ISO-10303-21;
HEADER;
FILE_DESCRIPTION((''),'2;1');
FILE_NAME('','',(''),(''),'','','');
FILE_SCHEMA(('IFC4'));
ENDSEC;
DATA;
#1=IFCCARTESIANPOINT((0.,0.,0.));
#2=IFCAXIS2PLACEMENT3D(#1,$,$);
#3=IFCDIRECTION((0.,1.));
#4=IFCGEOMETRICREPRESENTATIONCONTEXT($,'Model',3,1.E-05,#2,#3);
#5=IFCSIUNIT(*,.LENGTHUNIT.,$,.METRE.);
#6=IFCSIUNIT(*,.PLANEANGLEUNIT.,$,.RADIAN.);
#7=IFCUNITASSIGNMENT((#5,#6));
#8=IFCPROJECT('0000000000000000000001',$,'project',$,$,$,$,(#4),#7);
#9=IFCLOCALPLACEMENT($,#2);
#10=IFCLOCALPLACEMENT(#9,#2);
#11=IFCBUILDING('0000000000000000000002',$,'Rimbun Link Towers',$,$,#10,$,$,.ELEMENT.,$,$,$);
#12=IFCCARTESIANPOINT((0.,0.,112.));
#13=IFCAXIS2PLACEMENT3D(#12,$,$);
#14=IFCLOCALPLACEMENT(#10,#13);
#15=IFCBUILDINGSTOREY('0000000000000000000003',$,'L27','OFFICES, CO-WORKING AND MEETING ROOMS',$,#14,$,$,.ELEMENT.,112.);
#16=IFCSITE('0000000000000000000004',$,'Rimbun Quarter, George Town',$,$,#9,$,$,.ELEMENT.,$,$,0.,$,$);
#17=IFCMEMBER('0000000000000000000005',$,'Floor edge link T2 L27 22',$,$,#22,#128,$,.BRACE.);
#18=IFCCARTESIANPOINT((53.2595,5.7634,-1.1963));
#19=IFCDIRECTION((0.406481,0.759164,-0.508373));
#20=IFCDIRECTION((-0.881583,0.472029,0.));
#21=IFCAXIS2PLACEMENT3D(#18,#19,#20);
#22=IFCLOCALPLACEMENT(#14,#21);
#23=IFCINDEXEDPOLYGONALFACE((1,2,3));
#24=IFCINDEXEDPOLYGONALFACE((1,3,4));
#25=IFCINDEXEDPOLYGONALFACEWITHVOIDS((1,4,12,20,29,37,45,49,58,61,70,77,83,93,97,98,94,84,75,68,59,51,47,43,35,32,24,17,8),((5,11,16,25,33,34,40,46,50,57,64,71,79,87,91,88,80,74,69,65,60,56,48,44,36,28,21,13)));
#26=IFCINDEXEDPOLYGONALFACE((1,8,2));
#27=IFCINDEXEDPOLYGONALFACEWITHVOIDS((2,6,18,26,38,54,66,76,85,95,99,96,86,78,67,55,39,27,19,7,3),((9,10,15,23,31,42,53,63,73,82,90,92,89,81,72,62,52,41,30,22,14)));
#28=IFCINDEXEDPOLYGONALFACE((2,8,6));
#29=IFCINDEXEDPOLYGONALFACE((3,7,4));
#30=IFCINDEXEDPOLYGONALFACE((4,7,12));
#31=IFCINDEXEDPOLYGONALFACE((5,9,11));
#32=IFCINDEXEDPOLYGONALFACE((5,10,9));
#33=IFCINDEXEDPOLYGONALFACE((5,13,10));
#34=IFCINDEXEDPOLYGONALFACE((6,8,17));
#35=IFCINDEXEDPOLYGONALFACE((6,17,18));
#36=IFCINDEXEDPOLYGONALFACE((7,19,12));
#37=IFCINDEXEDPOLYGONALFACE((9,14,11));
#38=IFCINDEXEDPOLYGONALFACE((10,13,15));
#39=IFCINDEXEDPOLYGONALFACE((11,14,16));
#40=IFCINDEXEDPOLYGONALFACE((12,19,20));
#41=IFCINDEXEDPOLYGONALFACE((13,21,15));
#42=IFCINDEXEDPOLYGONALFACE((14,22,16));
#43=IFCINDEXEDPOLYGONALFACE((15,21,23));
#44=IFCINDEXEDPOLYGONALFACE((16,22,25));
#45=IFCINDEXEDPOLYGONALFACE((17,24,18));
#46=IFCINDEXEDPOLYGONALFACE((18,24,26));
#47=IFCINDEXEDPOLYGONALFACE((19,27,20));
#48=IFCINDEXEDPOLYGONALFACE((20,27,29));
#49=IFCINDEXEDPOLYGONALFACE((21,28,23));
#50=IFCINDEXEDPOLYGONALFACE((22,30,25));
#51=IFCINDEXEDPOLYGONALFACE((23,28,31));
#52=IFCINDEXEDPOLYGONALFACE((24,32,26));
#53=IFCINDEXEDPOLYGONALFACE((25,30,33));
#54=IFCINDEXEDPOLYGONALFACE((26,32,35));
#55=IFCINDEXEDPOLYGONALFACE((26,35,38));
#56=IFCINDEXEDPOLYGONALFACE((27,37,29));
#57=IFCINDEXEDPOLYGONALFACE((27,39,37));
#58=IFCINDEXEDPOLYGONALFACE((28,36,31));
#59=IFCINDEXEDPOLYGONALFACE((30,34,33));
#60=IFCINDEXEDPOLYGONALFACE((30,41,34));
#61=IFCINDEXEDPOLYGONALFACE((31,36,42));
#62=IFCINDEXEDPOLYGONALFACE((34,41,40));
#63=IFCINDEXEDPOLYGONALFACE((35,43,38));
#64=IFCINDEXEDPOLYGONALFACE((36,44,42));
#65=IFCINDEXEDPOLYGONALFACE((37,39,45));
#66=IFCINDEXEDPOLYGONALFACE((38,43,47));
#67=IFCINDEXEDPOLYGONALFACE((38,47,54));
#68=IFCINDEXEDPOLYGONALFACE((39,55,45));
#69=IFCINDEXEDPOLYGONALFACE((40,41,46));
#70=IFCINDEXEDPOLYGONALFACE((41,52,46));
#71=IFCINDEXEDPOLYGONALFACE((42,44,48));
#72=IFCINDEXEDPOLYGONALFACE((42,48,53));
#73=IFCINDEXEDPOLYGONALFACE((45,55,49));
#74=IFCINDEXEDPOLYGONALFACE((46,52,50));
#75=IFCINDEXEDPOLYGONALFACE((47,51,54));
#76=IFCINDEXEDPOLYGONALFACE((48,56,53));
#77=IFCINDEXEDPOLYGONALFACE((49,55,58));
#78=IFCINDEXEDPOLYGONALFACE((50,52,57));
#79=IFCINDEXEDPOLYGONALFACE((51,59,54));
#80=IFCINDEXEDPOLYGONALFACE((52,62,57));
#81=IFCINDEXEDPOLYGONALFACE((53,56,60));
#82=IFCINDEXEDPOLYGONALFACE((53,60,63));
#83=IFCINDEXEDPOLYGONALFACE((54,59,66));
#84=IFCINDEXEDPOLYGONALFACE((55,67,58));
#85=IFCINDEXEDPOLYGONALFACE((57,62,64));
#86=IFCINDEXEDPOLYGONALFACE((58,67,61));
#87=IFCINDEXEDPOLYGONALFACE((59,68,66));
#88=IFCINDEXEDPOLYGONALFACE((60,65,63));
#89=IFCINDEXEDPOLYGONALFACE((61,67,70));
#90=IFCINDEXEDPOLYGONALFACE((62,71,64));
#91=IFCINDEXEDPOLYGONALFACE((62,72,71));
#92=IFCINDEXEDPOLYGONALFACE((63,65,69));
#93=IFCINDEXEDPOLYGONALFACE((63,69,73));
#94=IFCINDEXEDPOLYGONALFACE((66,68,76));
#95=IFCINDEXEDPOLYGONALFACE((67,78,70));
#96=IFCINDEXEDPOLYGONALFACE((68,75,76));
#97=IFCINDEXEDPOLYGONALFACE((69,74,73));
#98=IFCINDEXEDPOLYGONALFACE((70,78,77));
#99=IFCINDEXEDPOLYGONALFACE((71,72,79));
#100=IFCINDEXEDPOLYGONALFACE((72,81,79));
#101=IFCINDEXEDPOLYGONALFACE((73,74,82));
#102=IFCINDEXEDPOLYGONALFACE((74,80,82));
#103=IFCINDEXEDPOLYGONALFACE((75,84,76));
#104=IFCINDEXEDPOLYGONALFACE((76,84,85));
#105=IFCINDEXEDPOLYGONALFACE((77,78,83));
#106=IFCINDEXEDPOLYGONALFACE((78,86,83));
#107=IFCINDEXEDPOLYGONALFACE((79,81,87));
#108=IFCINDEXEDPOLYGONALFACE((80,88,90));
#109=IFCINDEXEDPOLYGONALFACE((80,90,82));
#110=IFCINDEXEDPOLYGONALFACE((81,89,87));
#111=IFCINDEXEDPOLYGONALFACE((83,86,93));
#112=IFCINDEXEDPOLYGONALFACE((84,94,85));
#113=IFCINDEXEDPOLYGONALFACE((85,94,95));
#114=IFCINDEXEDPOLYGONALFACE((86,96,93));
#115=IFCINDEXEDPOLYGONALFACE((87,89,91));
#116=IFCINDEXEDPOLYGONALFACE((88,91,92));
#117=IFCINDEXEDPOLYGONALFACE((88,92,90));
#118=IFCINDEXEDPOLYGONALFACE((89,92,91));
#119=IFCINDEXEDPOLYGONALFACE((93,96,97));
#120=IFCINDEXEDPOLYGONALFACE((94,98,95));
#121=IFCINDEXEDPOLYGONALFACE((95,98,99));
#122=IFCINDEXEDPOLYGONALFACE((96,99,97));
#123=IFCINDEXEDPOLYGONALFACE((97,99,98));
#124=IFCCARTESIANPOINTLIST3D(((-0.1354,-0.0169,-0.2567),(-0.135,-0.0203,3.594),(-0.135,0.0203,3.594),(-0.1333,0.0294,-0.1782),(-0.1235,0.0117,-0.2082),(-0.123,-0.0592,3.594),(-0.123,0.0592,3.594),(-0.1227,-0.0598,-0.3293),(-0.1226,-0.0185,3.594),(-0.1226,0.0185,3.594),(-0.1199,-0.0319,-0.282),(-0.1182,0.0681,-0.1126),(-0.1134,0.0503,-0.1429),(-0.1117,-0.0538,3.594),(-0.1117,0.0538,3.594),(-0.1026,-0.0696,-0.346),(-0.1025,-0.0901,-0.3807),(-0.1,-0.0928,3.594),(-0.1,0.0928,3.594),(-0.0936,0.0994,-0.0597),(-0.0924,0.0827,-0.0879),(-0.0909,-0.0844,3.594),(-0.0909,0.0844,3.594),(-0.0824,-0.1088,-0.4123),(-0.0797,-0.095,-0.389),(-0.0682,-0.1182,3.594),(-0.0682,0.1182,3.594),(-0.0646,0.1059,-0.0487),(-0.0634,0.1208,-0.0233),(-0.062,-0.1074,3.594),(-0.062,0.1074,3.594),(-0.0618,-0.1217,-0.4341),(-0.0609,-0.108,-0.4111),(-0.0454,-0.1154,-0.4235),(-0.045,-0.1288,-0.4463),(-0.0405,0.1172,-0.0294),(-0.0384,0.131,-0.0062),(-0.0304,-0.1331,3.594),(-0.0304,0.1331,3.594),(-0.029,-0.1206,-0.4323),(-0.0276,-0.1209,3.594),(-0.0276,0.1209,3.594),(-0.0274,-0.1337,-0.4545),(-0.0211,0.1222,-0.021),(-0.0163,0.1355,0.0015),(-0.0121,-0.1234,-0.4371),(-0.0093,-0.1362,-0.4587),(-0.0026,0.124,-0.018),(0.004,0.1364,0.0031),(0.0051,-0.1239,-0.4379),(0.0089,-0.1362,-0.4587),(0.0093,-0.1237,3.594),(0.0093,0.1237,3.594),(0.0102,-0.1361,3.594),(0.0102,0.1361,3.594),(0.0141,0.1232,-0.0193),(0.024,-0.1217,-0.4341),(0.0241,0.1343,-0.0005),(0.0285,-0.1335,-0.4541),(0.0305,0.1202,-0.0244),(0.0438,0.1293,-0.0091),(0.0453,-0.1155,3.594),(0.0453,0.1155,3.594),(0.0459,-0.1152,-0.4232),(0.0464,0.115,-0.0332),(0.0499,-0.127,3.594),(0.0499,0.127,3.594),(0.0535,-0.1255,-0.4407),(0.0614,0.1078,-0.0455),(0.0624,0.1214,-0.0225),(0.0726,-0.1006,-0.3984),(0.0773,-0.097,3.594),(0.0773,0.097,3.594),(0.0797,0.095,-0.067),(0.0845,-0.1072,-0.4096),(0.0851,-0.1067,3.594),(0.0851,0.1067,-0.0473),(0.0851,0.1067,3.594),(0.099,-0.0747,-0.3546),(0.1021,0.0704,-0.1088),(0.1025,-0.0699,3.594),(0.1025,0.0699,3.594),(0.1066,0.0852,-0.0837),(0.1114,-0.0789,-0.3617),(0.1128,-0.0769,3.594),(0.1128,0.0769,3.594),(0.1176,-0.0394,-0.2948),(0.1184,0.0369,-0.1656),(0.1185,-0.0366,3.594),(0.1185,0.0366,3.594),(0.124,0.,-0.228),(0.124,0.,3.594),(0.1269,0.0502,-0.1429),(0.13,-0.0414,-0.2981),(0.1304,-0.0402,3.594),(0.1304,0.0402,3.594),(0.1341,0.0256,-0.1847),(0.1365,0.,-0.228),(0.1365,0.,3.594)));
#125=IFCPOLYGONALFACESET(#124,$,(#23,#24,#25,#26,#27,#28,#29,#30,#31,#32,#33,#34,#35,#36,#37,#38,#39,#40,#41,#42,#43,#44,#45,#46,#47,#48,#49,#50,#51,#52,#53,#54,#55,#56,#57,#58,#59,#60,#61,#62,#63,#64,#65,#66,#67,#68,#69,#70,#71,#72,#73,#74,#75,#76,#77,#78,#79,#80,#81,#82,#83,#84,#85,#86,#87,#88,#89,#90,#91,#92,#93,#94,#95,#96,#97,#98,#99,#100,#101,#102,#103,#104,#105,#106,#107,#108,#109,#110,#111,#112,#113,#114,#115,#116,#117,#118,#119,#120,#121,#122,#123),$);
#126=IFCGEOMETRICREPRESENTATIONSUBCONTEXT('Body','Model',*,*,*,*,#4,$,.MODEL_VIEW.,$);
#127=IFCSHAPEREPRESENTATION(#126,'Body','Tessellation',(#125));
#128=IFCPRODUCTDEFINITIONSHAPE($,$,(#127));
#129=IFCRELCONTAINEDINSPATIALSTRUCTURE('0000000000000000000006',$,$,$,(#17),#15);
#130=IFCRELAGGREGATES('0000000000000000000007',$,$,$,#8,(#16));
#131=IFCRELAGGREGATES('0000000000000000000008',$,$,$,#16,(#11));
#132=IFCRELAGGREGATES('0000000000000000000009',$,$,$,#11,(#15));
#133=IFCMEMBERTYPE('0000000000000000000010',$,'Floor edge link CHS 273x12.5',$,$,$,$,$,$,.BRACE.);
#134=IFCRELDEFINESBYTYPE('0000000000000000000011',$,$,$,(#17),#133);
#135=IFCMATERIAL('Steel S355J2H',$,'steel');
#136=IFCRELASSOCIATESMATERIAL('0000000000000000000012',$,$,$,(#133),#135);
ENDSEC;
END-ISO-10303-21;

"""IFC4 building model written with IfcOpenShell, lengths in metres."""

from ifc_helpers import new_model, si_unit, direction, frame, origin, origin_2d, place, context, subcontext, project, spatial, hollow_circle, extrude, clip, halfspace, material, material_profile, profile_set, type_object, element, save


model = new_model("IFC4")

# Units and contexts
model_context = context("Model", 3, precision=1e-05, world=origin(), true_north=direction((0.0, 1.0)))
body_context = subcontext(model_context, "Body", "Model", "MODEL_VIEW")
ifc_project = project(units=[si_unit("LENGTHUNIT", "METRE"), si_unit("PLANEANGLEUNIT", "RADIAN")], contexts=[model_context])

# Site, building, storey
site_placement = place(None, origin())
site = spatial("IfcSite", under=ifc_project, at=site_placement, Name="Rimbun Quarter, George Town", CompositionType="ELEMENT", RefElevation=0.0)
building_placement = place(site_placement, origin())
building = spatial("IfcBuilding", under=site, at=building_placement, Name="Rimbun Link Towers", CompositionType="ELEMENT")
storey_placement = place(building_placement, frame((0.0, 0.0, 112.0)))
storey = spatial("IfcBuildingStorey", under=building, at=storey_placement, Name="L27", Description="OFFICES, CO-WORKING AND MEETING ROOMS", CompositionType="ELEMENT", Elevation=112.0)

# Member
ifc_material_1 = material(Name="Steel S355J2H", Category="steel")
ifc_material_profile_1 = material_profile(ifc_material_1, hollow_circle(Radius=0.1365, WallThickness=0.0125, at=origin_2d()), Name="CHS 273x12.5")
ifc_profile_set_1 = profile_set([ifc_material_profile_1], Name="Steel S355J2H")
member_type_1 = type_object("IfcMemberType", Name="Floor edge link CHS 273x12.5", PredefinedType="BRACE", material=ifc_profile_set_1)
member_1_placement = place(storey_placement, frame((53.2595, 5.7634, -1.1963), z_axis=(0.406481, 0.759164, -0.508373), x_axis=(-0.881583, 0.472029, 0.0)))
element("IfcMember", 1, at=member_1_placement, inside=storey, type_object=member_type_1, Name="Floor edge link T2 L27 22", PredefinedType="BRACE", context=body_context, shape_type="Clipping", body=[
    clip(extrude(hollow_circle(Radius=0.1365, WallThickness=0.0125, at=origin_2d()), frame((0.0, 0.0, -0.4822)), (0.0, 0.0, 1.0), 4.0762), halfspace(frame((0.0, 0.0, -0.228), z_axis=(0.0, 0.861137, -0.508373)), False)),
])

save(model, "model.ifc")
